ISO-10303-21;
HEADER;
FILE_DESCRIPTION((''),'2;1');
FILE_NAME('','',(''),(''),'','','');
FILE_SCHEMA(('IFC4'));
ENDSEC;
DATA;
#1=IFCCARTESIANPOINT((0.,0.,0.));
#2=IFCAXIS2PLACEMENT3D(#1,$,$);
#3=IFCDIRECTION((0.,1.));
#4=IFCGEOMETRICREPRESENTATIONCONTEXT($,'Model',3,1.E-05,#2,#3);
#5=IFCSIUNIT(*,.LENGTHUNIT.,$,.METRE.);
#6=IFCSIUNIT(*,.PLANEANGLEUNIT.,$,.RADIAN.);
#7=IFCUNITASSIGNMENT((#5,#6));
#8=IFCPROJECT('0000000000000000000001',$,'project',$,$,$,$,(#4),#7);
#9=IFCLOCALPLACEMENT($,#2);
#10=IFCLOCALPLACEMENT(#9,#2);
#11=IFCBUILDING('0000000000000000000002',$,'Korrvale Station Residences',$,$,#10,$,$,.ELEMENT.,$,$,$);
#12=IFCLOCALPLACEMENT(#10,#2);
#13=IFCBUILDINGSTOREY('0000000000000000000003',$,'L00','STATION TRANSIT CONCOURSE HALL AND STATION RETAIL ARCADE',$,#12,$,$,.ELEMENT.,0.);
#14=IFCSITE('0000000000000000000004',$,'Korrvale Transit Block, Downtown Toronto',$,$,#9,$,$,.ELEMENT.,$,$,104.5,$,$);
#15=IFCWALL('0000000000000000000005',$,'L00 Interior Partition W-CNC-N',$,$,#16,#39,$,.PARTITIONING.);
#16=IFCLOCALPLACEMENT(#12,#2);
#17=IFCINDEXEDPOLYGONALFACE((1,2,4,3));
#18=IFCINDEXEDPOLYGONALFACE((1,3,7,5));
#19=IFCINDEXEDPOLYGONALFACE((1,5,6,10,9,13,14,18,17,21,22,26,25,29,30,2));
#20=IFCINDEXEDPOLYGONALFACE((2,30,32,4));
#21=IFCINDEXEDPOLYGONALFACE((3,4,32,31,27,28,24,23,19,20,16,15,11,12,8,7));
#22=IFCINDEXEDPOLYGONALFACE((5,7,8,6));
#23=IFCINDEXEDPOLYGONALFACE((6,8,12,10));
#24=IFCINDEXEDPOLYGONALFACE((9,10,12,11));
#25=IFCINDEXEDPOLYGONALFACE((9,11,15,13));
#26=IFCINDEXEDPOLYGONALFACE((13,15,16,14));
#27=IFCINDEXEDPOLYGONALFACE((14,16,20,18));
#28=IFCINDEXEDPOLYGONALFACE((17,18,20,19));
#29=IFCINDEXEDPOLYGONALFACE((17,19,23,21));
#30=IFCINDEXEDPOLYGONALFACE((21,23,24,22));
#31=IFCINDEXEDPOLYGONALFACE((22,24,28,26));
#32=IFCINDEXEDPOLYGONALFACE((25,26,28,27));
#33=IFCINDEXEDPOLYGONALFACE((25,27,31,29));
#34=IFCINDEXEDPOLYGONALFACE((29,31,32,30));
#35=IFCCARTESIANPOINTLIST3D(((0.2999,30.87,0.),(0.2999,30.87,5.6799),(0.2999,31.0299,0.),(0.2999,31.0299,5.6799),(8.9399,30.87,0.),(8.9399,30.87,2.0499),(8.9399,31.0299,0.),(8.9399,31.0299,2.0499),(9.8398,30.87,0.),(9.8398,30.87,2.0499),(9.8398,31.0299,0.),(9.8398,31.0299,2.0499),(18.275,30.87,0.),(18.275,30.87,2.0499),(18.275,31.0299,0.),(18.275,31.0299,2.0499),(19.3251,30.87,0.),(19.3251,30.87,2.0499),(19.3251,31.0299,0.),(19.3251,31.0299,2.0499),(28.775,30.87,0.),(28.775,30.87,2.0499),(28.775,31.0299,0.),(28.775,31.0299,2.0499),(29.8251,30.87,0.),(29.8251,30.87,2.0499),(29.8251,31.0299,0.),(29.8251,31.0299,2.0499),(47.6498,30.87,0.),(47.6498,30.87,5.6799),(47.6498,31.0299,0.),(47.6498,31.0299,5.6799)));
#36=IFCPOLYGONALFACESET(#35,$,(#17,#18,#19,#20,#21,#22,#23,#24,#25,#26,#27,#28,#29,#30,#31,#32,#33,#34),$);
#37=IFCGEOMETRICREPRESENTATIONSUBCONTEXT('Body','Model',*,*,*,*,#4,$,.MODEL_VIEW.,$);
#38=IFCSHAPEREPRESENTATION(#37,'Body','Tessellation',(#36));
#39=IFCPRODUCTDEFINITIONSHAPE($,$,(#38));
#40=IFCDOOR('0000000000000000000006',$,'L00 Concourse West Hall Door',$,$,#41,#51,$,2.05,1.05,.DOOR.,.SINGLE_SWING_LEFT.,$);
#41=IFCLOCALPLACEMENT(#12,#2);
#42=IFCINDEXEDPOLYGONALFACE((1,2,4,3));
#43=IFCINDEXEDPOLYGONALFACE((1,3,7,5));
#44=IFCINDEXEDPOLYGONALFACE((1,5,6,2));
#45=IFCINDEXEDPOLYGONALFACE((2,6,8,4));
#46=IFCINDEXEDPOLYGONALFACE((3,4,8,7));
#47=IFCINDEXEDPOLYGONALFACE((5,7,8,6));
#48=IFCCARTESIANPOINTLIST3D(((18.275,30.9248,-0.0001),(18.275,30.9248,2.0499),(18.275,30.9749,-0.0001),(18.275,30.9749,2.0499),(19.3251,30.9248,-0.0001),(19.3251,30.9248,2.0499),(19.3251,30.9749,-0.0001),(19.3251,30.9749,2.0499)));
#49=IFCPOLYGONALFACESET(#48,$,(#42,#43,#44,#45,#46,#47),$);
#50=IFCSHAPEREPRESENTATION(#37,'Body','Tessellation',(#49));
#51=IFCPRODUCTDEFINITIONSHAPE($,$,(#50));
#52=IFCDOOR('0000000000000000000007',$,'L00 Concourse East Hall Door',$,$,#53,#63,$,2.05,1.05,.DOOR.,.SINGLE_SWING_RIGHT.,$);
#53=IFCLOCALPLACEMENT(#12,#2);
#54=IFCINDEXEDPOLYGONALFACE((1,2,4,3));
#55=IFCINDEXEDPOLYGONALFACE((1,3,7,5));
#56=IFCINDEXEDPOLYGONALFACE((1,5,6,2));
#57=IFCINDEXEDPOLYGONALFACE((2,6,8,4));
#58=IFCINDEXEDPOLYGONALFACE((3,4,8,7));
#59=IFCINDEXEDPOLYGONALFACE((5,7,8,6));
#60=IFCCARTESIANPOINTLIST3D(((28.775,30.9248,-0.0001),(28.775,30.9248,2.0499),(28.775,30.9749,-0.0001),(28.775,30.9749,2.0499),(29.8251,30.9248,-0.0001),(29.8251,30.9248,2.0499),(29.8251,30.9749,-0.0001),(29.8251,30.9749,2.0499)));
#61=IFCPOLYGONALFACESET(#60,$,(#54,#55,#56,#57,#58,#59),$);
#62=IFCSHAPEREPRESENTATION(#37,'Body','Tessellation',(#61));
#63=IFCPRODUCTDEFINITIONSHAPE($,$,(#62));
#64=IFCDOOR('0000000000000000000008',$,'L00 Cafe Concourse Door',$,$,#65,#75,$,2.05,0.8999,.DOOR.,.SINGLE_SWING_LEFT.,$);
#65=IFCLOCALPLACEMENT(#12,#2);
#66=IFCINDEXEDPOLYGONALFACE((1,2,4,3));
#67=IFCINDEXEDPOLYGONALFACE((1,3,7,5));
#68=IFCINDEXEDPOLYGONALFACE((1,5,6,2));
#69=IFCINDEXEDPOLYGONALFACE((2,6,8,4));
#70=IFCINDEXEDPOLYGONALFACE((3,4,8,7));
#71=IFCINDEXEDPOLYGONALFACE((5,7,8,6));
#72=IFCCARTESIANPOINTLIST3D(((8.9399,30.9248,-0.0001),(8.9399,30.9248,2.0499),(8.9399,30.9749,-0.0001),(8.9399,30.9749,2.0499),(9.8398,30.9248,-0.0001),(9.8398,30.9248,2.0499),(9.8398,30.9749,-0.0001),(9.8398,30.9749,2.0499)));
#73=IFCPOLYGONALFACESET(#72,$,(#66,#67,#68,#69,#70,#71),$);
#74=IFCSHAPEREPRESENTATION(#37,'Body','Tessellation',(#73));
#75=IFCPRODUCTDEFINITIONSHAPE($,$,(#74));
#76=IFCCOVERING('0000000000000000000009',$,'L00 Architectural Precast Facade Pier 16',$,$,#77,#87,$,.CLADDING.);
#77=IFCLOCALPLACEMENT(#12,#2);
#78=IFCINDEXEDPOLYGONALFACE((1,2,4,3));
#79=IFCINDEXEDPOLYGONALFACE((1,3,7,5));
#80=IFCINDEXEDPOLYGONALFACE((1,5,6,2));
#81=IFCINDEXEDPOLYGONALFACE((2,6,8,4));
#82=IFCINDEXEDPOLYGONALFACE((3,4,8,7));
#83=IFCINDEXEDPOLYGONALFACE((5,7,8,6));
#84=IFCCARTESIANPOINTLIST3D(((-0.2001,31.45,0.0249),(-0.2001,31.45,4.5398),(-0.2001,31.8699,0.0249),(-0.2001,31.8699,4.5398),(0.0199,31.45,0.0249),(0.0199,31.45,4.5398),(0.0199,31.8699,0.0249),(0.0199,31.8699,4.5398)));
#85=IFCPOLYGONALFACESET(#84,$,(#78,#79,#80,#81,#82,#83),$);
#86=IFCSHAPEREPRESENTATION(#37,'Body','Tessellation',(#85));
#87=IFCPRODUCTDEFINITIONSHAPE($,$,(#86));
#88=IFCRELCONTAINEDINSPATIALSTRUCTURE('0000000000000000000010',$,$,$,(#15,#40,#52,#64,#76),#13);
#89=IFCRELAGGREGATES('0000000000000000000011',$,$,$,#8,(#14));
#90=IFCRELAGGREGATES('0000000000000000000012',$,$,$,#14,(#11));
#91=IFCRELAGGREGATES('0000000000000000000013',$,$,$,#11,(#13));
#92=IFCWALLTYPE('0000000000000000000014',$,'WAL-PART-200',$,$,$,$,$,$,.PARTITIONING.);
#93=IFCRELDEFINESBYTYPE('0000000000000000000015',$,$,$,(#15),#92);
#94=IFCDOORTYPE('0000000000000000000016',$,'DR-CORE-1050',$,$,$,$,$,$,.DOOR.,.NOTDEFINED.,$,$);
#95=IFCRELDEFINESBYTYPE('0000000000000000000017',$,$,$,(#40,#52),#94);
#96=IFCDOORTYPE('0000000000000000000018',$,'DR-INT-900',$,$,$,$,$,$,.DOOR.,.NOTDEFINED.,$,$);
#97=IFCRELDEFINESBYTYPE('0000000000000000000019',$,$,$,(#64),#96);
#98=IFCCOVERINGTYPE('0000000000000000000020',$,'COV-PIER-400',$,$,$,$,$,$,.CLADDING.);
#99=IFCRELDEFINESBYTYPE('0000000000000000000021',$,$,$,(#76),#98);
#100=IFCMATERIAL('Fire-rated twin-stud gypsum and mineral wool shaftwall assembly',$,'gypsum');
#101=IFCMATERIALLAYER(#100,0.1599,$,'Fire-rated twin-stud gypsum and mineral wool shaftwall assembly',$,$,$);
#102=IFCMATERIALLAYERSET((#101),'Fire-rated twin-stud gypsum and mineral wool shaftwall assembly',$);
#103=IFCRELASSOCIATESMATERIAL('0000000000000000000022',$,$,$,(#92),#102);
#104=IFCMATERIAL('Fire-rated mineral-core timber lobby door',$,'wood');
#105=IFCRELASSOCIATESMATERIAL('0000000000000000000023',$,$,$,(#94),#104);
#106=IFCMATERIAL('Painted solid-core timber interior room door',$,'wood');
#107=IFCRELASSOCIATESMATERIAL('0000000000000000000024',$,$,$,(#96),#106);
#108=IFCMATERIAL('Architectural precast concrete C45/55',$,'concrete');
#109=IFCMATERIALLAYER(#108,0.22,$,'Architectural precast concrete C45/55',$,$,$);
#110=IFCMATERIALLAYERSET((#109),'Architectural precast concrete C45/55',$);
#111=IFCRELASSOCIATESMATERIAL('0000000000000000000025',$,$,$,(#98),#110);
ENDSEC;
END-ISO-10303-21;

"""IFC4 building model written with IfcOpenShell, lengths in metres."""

from ifc_helpers import new_model, si_unit, direction, frame, frame_2d, origin, origin_2d, place, context, subcontext, project, spatial, rectangle, extrude, material, layer, layer_set, type_object, element, fill, save


model = new_model("IFC4")

# Units and contexts
model_context = context("Model", 3, precision=1e-05, world=origin(), true_north=direction((0.0, 1.0)))
body_context = subcontext(model_context, "Body", "Model", "MODEL_VIEW")
ifc_project = project(units=[si_unit("LENGTHUNIT", "METRE"), si_unit("PLANEANGLEUNIT", "RADIAN")], contexts=[model_context])

# Site, building, storey
site_placement = place(None, origin())
site = spatial("IfcSite", under=ifc_project, at=site_placement, Name="Korrvale Transit Block, Downtown Toronto", CompositionType="ELEMENT", RefElevation=104.5)
building_placement = place(site_placement, origin())
building = spatial("IfcBuilding", under=site, at=building_placement, Name="Korrvale Station Residences", CompositionType="ELEMENT")
storey_placement = place(building_placement, origin())
storey = spatial("IfcBuildingStorey", under=building, at=storey_placement, Name="L00", Description="STATION TRANSIT CONCOURSE HALL AND STATION RETAIL ARCADE", CompositionType="ELEMENT", Elevation=0.0)

# Wall, openings, doors
ifc_material_1 = material(Name="Fire-rated twin-stud gypsum and mineral wool shaftwall assembly", Category="gypsum")
ifc_layer_1 = layer(ifc_material_1, 0.1599, Name="Fire-rated twin-stud gypsum and mineral wool shaftwall assembly")
ifc_layer_set_1 = layer_set([ifc_layer_1], Name="Fire-rated twin-stud gypsum and mineral wool shaftwall assembly")
wall_type = type_object("IfcWallType", Name="WAL-PART-200", PredefinedType="PARTITIONING", material=ifc_layer_set_1)
wall_placement = place(storey_placement, frame((0.3, 30.95, 0.0), z_axis=(0.0, 0.0, 1.0), x_axis=(1.0, 0.0, 0.0)))
wall = element("IfcWall", 1, at=wall_placement, inside=storey, type_object=wall_type, Name="L00 Interior Partition W-CNC-N", PredefinedType="PARTITIONING", context=body_context, shape_type="SweptSolid", body=[
    extrude(rectangle(XDim=47.3499, YDim=0.1599, at=frame_2d((23.6748, 0.0))), origin(), (0.0, 0.0, 1.0), 5.6799),
])
opening_1_placement = place(wall_placement, frame((17.9751, 0.0, 0.0)))
opening_1 = element("IfcOpeningElement", 2, at=opening_1_placement, cuts=wall, PredefinedType="OPENING", context=body_context, shape_type="SweptSolid", body=[
    extrude(rectangle(XDim=1.05, YDim=2.05, at=frame_2d((0.5249, 1.0249))), frame((0.0, 0.0898, 0.0), z_axis=(0.0, -1.0, 0.0), x_axis=(1.0, 0.0, 0.0)), (0.0, 0.0, 1.0), 0.1799),
])
opening_2_placement = place(wall_placement, frame((28.4751, 0.0, 0.0)))
opening_2 = element("IfcOpeningElement", 3, at=opening_2_placement, cuts=wall, PredefinedType="OPENING", context=body_context, shape_type="SweptSolid", body=[
    extrude(rectangle(XDim=1.05, YDim=2.05, at=frame_2d((0.5249, 1.0249))), frame((0.0, 0.0898, 0.0), z_axis=(0.0, -1.0, 0.0), x_axis=(1.0, 0.0, 0.0)), (0.0, 0.0, 1.0), 0.1799),
])
opening_3_placement = place(wall_placement, frame((8.6399, 0.0, 0.0)))
opening_3 = element("IfcOpeningElement", 4, at=opening_3_placement, cuts=wall, PredefinedType="OPENING", context=body_context, shape_type="SweptSolid", body=[
    extrude(rectangle(XDim=0.8999, YDim=2.05, at=frame_2d((0.45, 1.0249))), frame((0.0, 0.0898, 0.0), z_axis=(0.0, -1.0, 0.0), x_axis=(1.0, 0.0, 0.0)), (0.0, 0.0, 1.0), 0.1799),
])
ifc_material_2 = material(Name="Fire-rated mineral-core timber lobby door", Category="wood")
door_type_1 = type_object("IfcDoorType", Name="DR-CORE-1050", OperationType="NOTDEFINED", PredefinedType="DOOR", material=ifc_material_2)
door_1_placement = place(opening_1_placement, origin())
door_1 = element("IfcDoor", 5, at=door_1_placement, inside=storey, type_object=door_type_1, Name="L00 Concourse West Hall Door", OperationType="SINGLE_SWING_LEFT", OverallHeight=2.05, OverallWidth=1.05, PredefinedType="DOOR", context=body_context, shape_type="SweptSolid", body=[
    extrude(rectangle(XDim=1.05, YDim=2.05, at=frame_2d((0.5249, 1.0249))), frame((0.0, 0.0249, 0.0), z_axis=(0.0, -1.0, 0.0), x_axis=(1.0, 0.0, 0.0)), (0.0, 0.0, 1.0), 0.05),
])
fill(opening_1, door_1)
door_2_placement = place(opening_2_placement, origin())
door_2 = element("IfcDoor", 6, at=door_2_placement, inside=storey, type_object=door_type_1, Name="L00 Concourse East Hall Door", OperationType="SINGLE_SWING_RIGHT", OverallHeight=2.05, OverallWidth=1.05, PredefinedType="DOOR", context=body_context, shape_type="SweptSolid", body=[
    extrude(rectangle(XDim=1.05, YDim=2.05, at=frame_2d((0.5249, 1.0249))), frame((0.0, 0.0249, 0.0), z_axis=(0.0, -1.0, 0.0), x_axis=(1.0, 0.0, 0.0)), (0.0, 0.0, 1.0), 0.05),
])
fill(opening_2, door_2)
ifc_material_3 = material(Name="Painted solid-core timber interior room door", Category="wood")
door_type_2 = type_object("IfcDoorType", Name="DR-INT-900", OperationType="NOTDEFINED", PredefinedType="DOOR", material=ifc_material_3)
door_3_placement = place(opening_3_placement, origin())
door_3 = element("IfcDoor", 7, at=door_3_placement, inside=storey, type_object=door_type_2, Name="L00 Cafe Concourse Door", OperationType="SINGLE_SWING_LEFT", OverallHeight=2.05, OverallWidth=0.8999, PredefinedType="DOOR", context=body_context, shape_type="SweptSolid", body=[
    extrude(rectangle(XDim=0.8999, YDim=2.05, at=frame_2d((0.45, 1.0249))), frame((0.0, 0.0249, 0.0), z_axis=(0.0, -1.0, 0.0), x_axis=(1.0, 0.0, 0.0)), (0.0, 0.0, 1.0), 0.05),
])
fill(opening_3, door_3)

# Covering
ifc_material_4 = material(Name="Architectural precast concrete C45/55", Category="concrete")
ifc_layer_2 = layer(ifc_material_4, 0.22, Name="Architectural precast concrete C45/55")
ifc_layer_set_2 = layer_set([ifc_layer_2], Name="Architectural precast concrete C45/55")
covering_type = type_object("IfcCoveringType", Name="COV-PIER-400", PredefinedType="CLADDING", material=ifc_layer_set_2)
covering_placement = place(storey_placement, frame((-0.0901, 31.6599, 0.0249), z_axis=(0.0, 0.0, 1.0), x_axis=(0.0, 1.0, 0.0)))
element("IfcCovering", 8, at=covering_placement, inside=storey, type_object=covering_type, Name="L00 Architectural Precast Facade Pier 16", PredefinedType="CLADDING", context=body_context, shape_type="SweptSolid", body=[
    extrude(rectangle(XDim=0.4199, YDim=0.22, at=origin_2d()), origin(), (0.0, 0.0, 1.0), 4.5149),
])

save(model, "model.ifc")
